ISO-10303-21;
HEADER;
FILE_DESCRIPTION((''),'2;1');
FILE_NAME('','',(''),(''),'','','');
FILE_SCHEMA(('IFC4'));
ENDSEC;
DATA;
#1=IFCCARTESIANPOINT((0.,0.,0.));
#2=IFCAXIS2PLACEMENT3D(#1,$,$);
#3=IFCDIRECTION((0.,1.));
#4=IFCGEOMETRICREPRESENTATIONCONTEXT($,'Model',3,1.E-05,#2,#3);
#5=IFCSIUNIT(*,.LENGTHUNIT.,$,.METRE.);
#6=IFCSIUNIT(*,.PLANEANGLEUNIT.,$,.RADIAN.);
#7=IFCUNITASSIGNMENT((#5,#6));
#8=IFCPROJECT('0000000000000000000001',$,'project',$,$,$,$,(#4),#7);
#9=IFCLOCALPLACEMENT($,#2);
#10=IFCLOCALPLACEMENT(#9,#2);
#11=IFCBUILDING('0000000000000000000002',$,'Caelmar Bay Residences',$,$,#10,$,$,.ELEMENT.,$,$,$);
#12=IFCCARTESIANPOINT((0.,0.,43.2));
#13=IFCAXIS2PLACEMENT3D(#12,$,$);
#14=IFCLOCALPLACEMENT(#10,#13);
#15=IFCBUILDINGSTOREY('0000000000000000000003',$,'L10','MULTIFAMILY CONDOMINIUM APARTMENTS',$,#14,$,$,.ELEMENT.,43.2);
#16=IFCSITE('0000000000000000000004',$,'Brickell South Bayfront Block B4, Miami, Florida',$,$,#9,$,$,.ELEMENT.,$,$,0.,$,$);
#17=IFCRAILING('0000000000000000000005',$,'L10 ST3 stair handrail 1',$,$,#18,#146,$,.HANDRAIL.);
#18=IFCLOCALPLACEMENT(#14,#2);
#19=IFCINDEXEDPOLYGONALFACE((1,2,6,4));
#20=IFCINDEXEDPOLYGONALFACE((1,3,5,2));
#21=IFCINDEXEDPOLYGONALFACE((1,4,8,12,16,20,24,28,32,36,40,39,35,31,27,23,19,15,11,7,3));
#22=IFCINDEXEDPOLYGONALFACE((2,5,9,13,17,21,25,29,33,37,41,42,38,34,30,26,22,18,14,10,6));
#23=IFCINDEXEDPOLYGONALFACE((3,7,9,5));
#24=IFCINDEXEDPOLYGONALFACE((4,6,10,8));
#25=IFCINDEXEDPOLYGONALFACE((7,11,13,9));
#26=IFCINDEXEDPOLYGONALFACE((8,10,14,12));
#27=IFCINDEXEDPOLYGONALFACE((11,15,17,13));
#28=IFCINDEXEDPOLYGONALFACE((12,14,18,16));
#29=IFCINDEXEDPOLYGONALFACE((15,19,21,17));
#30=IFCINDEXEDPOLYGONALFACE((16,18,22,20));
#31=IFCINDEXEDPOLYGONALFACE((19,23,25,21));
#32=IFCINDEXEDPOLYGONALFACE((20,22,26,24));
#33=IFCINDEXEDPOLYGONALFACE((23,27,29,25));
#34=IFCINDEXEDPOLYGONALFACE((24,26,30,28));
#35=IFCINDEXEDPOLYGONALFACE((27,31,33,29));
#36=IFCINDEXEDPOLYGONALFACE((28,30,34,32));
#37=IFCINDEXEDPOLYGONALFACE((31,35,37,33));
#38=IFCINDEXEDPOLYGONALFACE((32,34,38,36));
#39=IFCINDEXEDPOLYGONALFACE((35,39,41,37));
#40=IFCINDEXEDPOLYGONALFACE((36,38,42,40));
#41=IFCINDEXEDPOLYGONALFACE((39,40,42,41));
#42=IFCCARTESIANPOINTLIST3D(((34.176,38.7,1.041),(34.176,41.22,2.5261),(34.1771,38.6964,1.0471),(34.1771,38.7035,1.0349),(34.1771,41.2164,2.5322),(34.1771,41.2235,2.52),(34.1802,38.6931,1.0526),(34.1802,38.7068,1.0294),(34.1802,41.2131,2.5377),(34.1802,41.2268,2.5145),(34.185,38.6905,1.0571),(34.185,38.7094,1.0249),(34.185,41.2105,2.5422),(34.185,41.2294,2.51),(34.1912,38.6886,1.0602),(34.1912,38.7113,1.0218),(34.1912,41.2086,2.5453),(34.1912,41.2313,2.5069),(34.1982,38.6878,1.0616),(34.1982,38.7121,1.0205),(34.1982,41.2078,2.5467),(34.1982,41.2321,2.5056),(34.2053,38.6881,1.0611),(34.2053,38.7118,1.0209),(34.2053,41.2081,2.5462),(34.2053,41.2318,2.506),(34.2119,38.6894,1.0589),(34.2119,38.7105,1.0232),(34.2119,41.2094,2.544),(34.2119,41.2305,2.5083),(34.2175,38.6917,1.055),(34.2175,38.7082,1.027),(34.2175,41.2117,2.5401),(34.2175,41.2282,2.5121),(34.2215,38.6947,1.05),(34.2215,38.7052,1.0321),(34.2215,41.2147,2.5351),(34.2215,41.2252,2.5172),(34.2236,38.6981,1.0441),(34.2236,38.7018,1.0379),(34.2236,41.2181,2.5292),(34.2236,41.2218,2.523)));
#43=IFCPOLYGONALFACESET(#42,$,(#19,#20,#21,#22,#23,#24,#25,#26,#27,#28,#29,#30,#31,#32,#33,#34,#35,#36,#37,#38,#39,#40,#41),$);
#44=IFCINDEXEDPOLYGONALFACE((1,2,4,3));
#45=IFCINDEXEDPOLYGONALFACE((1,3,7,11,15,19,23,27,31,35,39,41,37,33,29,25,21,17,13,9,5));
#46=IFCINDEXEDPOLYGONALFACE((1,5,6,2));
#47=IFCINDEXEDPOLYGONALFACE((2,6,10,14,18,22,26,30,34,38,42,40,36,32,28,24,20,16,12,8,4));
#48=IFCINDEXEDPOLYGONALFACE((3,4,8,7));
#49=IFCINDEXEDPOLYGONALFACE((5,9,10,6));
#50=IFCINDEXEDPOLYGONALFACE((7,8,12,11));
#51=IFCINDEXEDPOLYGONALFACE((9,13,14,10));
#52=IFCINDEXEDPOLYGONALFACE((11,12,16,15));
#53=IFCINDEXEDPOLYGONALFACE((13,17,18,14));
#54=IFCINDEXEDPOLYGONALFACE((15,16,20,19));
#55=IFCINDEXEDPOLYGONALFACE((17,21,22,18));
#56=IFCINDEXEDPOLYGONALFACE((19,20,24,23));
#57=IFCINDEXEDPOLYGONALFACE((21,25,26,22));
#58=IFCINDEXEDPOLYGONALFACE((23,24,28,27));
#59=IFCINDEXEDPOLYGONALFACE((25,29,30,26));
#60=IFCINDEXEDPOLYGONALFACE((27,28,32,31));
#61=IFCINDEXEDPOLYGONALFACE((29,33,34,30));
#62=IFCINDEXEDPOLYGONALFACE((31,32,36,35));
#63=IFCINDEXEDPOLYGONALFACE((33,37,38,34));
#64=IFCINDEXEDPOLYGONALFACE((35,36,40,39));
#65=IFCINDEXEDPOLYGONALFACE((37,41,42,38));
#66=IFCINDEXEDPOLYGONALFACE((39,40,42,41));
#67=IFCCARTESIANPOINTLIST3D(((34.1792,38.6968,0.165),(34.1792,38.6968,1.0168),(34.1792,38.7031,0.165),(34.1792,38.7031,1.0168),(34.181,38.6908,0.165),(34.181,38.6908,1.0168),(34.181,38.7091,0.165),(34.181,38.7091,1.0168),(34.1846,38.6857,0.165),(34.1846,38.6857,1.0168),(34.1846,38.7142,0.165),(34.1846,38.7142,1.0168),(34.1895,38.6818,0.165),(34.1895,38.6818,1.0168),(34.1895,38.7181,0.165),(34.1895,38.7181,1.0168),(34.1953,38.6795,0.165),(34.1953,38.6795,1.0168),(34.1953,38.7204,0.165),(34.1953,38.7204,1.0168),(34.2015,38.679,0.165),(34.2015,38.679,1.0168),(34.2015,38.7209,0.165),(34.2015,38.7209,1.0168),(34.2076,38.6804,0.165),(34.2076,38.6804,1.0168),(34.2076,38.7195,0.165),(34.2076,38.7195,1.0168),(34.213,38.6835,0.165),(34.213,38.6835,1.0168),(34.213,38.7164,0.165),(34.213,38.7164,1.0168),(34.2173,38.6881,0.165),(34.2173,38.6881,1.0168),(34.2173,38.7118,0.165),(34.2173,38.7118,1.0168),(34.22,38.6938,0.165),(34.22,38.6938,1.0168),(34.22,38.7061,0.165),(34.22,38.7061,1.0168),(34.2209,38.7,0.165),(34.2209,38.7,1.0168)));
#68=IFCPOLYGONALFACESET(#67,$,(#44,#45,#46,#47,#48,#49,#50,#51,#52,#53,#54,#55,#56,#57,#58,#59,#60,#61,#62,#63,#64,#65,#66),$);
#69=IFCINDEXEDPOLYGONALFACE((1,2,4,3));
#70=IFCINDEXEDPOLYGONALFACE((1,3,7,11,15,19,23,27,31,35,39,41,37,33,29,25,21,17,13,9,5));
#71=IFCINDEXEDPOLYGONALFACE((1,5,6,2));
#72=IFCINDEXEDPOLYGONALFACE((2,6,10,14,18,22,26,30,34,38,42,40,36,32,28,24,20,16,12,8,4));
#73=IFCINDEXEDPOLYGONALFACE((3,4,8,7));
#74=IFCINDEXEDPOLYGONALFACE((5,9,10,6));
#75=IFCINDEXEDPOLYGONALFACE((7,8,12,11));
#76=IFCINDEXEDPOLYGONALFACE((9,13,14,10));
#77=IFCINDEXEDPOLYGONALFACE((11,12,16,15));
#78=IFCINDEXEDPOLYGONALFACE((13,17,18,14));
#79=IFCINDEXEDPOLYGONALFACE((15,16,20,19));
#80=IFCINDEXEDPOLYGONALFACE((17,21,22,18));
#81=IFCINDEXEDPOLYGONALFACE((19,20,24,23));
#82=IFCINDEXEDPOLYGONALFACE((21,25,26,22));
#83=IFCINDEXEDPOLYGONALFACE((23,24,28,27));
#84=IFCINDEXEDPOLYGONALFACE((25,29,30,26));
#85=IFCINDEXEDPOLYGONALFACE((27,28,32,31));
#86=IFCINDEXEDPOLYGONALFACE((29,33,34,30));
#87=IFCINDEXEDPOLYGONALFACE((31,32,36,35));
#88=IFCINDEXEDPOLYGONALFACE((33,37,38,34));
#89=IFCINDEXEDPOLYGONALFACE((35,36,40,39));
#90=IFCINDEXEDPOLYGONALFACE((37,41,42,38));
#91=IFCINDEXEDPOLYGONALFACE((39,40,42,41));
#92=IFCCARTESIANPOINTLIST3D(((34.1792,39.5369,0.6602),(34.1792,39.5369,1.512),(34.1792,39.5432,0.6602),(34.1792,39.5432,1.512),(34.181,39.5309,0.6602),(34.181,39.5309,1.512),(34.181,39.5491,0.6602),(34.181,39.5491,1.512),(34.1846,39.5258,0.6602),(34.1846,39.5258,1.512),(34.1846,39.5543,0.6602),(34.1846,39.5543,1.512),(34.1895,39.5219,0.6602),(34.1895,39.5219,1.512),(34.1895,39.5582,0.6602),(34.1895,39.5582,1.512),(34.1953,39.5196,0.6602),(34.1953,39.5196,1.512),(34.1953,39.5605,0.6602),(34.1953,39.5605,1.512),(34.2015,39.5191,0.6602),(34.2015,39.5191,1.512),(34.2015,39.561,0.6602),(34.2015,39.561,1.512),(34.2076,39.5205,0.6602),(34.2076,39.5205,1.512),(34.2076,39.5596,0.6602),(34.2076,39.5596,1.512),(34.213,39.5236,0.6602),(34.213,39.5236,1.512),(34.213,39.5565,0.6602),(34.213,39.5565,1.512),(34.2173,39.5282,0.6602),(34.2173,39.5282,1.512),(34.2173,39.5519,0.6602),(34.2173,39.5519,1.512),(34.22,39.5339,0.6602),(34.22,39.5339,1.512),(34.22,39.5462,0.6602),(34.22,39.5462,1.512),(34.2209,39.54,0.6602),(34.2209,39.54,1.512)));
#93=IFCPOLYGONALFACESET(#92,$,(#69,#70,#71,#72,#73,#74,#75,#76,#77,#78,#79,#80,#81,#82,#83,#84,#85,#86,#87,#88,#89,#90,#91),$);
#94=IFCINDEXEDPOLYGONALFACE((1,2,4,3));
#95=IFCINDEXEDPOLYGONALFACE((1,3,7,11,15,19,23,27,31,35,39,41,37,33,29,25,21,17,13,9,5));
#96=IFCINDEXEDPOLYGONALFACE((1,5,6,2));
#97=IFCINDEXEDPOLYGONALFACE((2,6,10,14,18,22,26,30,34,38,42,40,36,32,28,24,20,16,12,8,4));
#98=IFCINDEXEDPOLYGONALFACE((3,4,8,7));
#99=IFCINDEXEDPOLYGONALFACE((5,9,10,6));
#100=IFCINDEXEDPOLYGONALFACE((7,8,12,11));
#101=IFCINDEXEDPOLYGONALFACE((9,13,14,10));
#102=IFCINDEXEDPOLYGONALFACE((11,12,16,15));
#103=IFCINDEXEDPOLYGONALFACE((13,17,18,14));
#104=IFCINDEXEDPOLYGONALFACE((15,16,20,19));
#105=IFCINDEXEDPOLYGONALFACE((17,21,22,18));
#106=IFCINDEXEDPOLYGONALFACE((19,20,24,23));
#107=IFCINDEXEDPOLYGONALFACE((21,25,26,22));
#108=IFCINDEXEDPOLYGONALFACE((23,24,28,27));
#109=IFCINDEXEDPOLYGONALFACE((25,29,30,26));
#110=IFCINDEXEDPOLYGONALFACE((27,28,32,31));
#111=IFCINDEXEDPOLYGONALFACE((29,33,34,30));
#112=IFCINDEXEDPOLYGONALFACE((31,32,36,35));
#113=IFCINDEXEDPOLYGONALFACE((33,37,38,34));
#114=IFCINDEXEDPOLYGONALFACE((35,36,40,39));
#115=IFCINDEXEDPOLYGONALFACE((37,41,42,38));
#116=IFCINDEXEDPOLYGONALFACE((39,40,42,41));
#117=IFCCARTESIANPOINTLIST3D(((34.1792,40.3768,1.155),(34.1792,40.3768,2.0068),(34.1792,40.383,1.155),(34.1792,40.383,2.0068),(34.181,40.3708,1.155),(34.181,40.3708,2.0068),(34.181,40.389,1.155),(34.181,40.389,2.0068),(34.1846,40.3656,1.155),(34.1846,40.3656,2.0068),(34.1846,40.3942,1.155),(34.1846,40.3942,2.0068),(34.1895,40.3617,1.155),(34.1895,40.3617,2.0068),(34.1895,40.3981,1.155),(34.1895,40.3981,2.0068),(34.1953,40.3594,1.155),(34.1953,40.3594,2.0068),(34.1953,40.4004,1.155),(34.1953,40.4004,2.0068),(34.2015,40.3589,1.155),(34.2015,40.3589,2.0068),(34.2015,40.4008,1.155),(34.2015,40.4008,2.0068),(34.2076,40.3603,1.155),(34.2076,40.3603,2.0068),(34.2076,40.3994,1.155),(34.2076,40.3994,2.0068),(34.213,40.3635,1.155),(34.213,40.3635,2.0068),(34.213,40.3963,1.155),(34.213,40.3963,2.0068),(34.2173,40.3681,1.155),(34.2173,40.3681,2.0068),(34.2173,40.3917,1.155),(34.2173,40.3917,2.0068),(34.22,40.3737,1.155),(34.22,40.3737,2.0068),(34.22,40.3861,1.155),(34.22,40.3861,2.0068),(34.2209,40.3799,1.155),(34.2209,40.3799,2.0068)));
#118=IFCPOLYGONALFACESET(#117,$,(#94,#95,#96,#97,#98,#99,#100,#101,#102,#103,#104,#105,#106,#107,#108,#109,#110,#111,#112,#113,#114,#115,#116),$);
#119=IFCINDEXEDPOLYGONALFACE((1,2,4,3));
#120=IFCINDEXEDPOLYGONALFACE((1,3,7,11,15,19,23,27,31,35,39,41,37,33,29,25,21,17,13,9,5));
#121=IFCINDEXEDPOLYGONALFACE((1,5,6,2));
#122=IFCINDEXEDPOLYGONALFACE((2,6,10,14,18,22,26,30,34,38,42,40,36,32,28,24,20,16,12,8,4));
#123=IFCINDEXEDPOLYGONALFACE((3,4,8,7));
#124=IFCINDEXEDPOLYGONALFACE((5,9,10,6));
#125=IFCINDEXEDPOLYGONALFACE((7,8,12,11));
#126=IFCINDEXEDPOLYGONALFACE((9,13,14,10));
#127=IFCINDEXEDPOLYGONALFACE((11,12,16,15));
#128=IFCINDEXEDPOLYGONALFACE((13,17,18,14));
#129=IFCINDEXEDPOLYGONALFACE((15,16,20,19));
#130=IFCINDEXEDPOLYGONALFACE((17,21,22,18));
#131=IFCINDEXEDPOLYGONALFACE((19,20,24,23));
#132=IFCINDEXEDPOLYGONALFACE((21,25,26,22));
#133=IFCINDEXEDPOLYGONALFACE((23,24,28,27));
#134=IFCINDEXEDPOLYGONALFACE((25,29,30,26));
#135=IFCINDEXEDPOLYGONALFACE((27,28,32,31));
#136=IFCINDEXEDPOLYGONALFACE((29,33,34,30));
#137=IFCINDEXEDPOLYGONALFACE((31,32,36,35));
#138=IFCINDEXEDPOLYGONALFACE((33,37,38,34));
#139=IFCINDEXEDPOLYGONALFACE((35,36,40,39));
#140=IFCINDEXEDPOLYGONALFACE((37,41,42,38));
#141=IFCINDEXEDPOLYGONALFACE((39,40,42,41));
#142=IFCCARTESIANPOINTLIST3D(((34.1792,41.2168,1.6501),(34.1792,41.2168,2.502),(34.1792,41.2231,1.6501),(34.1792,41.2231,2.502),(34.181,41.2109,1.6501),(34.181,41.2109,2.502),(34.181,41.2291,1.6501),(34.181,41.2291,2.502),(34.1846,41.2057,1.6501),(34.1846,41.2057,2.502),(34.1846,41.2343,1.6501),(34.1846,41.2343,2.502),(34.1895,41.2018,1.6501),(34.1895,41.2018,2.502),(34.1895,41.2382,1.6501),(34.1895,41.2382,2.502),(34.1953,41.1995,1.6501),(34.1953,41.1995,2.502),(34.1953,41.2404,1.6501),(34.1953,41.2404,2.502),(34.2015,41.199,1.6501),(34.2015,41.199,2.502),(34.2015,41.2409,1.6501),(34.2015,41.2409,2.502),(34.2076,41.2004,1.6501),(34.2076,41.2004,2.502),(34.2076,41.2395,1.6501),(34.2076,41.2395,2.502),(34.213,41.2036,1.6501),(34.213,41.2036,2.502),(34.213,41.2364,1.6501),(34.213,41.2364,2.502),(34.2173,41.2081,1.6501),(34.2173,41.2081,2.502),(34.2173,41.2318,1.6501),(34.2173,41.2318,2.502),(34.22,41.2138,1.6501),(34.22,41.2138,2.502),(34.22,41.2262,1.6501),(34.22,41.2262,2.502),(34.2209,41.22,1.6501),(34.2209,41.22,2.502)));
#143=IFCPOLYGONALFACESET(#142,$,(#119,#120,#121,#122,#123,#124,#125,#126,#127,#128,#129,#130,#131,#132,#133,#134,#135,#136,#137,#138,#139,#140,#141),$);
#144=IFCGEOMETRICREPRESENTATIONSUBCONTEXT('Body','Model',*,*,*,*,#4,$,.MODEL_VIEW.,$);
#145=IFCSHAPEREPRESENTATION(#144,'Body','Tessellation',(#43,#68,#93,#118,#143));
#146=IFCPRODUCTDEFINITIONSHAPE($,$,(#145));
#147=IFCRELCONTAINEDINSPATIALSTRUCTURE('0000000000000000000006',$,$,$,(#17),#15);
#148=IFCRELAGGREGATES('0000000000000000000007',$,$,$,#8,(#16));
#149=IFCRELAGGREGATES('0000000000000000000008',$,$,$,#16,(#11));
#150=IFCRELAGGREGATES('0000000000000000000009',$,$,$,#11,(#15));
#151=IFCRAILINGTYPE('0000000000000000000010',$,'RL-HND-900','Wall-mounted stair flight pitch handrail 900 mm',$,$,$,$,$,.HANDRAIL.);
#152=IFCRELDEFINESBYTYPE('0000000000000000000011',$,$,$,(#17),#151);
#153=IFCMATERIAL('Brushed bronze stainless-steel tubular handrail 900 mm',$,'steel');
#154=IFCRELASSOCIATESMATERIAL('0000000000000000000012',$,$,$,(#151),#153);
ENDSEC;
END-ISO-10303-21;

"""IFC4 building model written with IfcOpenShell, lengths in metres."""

from ifc_helpers import new_model, si_unit, direction, frame, origin, origin_2d, place, context, subcontext, project, spatial, circle, extrude, material, type_object, element, save


model = new_model("IFC4")

# Units and contexts
model_context = context("Model", 3, precision=1e-05, world=origin(), true_north=direction((0.0, 1.0)))
body_context = subcontext(model_context, "Body", "Model", "MODEL_VIEW")
ifc_project = project(units=[si_unit("LENGTHUNIT", "METRE"), si_unit("PLANEANGLEUNIT", "RADIAN")], contexts=[model_context])

# Site, building, storey
site_placement = place(None, origin())
site = spatial("IfcSite", under=ifc_project, at=site_placement, Name="Brickell South Bayfront Block B4, Miami, Florida", CompositionType="ELEMENT", RefElevation=0.0)
building_placement = place(site_placement, origin())
building = spatial("IfcBuilding", under=site, at=building_placement, Name="Caelmar Bay Residences", CompositionType="ELEMENT")
storey_placement = place(building_placement, frame((0.0, 0.0, 43.2)))
storey = spatial("IfcBuildingStorey", under=building, at=storey_placement, Name="L10", Description="MULTIFAMILY CONDOMINIUM APARTMENTS", CompositionType="ELEMENT", Elevation=43.2)

# Railing
ifc_material_1 = material(Name="Brushed bronze stainless-steel tubular handrail 900 mm", Category="steel")
railing_type_1 = type_object("IfcRailingType", Name="RL-HND-900", Description="Wall-mounted stair flight pitch handrail 900 mm", PredefinedType="HANDRAIL", material=ifc_material_1)
railing_1_placement = place(storey_placement, frame((34.2, 38.7, 0.165)))
element("IfcRailing", 1, at=railing_1_placement, inside=storey, type_object=railing_type_1, Name="L10 ST3 stair handrail 1", PredefinedType="HANDRAIL", context=body_context, shape_type="SweptSolid", body=[
    extrude(circle(Radius=0.0239, at=origin_2d()), frame((0.0, 0.0, 0.876), z_axis=(0.0, 0.861524, 0.507717), x_axis=(-1.0, 0.0, 0.0)), (0.0, 0.0, 1.0), 2.925),
    extrude(circle(Radius=0.021, at=origin_2d()), origin(), (0.0, 0.0, 1.0), 0.8518),
    extrude(circle(Radius=0.021, at=origin_2d()), frame((0.0, 0.8401, 0.4951)), (0.0, 0.0, 1.0), 0.8518),
    extrude(circle(Radius=0.021, at=origin_2d()), frame((0.0, 1.6799, 0.99)), (0.0, 0.0, 1.0), 0.8518),
    extrude(circle(Radius=0.021, at=origin_2d()), frame((0.0, 2.52, 1.4851)), (0.0, 0.0, 1.0), 0.8518),
])

save(model, "model.ifc")
